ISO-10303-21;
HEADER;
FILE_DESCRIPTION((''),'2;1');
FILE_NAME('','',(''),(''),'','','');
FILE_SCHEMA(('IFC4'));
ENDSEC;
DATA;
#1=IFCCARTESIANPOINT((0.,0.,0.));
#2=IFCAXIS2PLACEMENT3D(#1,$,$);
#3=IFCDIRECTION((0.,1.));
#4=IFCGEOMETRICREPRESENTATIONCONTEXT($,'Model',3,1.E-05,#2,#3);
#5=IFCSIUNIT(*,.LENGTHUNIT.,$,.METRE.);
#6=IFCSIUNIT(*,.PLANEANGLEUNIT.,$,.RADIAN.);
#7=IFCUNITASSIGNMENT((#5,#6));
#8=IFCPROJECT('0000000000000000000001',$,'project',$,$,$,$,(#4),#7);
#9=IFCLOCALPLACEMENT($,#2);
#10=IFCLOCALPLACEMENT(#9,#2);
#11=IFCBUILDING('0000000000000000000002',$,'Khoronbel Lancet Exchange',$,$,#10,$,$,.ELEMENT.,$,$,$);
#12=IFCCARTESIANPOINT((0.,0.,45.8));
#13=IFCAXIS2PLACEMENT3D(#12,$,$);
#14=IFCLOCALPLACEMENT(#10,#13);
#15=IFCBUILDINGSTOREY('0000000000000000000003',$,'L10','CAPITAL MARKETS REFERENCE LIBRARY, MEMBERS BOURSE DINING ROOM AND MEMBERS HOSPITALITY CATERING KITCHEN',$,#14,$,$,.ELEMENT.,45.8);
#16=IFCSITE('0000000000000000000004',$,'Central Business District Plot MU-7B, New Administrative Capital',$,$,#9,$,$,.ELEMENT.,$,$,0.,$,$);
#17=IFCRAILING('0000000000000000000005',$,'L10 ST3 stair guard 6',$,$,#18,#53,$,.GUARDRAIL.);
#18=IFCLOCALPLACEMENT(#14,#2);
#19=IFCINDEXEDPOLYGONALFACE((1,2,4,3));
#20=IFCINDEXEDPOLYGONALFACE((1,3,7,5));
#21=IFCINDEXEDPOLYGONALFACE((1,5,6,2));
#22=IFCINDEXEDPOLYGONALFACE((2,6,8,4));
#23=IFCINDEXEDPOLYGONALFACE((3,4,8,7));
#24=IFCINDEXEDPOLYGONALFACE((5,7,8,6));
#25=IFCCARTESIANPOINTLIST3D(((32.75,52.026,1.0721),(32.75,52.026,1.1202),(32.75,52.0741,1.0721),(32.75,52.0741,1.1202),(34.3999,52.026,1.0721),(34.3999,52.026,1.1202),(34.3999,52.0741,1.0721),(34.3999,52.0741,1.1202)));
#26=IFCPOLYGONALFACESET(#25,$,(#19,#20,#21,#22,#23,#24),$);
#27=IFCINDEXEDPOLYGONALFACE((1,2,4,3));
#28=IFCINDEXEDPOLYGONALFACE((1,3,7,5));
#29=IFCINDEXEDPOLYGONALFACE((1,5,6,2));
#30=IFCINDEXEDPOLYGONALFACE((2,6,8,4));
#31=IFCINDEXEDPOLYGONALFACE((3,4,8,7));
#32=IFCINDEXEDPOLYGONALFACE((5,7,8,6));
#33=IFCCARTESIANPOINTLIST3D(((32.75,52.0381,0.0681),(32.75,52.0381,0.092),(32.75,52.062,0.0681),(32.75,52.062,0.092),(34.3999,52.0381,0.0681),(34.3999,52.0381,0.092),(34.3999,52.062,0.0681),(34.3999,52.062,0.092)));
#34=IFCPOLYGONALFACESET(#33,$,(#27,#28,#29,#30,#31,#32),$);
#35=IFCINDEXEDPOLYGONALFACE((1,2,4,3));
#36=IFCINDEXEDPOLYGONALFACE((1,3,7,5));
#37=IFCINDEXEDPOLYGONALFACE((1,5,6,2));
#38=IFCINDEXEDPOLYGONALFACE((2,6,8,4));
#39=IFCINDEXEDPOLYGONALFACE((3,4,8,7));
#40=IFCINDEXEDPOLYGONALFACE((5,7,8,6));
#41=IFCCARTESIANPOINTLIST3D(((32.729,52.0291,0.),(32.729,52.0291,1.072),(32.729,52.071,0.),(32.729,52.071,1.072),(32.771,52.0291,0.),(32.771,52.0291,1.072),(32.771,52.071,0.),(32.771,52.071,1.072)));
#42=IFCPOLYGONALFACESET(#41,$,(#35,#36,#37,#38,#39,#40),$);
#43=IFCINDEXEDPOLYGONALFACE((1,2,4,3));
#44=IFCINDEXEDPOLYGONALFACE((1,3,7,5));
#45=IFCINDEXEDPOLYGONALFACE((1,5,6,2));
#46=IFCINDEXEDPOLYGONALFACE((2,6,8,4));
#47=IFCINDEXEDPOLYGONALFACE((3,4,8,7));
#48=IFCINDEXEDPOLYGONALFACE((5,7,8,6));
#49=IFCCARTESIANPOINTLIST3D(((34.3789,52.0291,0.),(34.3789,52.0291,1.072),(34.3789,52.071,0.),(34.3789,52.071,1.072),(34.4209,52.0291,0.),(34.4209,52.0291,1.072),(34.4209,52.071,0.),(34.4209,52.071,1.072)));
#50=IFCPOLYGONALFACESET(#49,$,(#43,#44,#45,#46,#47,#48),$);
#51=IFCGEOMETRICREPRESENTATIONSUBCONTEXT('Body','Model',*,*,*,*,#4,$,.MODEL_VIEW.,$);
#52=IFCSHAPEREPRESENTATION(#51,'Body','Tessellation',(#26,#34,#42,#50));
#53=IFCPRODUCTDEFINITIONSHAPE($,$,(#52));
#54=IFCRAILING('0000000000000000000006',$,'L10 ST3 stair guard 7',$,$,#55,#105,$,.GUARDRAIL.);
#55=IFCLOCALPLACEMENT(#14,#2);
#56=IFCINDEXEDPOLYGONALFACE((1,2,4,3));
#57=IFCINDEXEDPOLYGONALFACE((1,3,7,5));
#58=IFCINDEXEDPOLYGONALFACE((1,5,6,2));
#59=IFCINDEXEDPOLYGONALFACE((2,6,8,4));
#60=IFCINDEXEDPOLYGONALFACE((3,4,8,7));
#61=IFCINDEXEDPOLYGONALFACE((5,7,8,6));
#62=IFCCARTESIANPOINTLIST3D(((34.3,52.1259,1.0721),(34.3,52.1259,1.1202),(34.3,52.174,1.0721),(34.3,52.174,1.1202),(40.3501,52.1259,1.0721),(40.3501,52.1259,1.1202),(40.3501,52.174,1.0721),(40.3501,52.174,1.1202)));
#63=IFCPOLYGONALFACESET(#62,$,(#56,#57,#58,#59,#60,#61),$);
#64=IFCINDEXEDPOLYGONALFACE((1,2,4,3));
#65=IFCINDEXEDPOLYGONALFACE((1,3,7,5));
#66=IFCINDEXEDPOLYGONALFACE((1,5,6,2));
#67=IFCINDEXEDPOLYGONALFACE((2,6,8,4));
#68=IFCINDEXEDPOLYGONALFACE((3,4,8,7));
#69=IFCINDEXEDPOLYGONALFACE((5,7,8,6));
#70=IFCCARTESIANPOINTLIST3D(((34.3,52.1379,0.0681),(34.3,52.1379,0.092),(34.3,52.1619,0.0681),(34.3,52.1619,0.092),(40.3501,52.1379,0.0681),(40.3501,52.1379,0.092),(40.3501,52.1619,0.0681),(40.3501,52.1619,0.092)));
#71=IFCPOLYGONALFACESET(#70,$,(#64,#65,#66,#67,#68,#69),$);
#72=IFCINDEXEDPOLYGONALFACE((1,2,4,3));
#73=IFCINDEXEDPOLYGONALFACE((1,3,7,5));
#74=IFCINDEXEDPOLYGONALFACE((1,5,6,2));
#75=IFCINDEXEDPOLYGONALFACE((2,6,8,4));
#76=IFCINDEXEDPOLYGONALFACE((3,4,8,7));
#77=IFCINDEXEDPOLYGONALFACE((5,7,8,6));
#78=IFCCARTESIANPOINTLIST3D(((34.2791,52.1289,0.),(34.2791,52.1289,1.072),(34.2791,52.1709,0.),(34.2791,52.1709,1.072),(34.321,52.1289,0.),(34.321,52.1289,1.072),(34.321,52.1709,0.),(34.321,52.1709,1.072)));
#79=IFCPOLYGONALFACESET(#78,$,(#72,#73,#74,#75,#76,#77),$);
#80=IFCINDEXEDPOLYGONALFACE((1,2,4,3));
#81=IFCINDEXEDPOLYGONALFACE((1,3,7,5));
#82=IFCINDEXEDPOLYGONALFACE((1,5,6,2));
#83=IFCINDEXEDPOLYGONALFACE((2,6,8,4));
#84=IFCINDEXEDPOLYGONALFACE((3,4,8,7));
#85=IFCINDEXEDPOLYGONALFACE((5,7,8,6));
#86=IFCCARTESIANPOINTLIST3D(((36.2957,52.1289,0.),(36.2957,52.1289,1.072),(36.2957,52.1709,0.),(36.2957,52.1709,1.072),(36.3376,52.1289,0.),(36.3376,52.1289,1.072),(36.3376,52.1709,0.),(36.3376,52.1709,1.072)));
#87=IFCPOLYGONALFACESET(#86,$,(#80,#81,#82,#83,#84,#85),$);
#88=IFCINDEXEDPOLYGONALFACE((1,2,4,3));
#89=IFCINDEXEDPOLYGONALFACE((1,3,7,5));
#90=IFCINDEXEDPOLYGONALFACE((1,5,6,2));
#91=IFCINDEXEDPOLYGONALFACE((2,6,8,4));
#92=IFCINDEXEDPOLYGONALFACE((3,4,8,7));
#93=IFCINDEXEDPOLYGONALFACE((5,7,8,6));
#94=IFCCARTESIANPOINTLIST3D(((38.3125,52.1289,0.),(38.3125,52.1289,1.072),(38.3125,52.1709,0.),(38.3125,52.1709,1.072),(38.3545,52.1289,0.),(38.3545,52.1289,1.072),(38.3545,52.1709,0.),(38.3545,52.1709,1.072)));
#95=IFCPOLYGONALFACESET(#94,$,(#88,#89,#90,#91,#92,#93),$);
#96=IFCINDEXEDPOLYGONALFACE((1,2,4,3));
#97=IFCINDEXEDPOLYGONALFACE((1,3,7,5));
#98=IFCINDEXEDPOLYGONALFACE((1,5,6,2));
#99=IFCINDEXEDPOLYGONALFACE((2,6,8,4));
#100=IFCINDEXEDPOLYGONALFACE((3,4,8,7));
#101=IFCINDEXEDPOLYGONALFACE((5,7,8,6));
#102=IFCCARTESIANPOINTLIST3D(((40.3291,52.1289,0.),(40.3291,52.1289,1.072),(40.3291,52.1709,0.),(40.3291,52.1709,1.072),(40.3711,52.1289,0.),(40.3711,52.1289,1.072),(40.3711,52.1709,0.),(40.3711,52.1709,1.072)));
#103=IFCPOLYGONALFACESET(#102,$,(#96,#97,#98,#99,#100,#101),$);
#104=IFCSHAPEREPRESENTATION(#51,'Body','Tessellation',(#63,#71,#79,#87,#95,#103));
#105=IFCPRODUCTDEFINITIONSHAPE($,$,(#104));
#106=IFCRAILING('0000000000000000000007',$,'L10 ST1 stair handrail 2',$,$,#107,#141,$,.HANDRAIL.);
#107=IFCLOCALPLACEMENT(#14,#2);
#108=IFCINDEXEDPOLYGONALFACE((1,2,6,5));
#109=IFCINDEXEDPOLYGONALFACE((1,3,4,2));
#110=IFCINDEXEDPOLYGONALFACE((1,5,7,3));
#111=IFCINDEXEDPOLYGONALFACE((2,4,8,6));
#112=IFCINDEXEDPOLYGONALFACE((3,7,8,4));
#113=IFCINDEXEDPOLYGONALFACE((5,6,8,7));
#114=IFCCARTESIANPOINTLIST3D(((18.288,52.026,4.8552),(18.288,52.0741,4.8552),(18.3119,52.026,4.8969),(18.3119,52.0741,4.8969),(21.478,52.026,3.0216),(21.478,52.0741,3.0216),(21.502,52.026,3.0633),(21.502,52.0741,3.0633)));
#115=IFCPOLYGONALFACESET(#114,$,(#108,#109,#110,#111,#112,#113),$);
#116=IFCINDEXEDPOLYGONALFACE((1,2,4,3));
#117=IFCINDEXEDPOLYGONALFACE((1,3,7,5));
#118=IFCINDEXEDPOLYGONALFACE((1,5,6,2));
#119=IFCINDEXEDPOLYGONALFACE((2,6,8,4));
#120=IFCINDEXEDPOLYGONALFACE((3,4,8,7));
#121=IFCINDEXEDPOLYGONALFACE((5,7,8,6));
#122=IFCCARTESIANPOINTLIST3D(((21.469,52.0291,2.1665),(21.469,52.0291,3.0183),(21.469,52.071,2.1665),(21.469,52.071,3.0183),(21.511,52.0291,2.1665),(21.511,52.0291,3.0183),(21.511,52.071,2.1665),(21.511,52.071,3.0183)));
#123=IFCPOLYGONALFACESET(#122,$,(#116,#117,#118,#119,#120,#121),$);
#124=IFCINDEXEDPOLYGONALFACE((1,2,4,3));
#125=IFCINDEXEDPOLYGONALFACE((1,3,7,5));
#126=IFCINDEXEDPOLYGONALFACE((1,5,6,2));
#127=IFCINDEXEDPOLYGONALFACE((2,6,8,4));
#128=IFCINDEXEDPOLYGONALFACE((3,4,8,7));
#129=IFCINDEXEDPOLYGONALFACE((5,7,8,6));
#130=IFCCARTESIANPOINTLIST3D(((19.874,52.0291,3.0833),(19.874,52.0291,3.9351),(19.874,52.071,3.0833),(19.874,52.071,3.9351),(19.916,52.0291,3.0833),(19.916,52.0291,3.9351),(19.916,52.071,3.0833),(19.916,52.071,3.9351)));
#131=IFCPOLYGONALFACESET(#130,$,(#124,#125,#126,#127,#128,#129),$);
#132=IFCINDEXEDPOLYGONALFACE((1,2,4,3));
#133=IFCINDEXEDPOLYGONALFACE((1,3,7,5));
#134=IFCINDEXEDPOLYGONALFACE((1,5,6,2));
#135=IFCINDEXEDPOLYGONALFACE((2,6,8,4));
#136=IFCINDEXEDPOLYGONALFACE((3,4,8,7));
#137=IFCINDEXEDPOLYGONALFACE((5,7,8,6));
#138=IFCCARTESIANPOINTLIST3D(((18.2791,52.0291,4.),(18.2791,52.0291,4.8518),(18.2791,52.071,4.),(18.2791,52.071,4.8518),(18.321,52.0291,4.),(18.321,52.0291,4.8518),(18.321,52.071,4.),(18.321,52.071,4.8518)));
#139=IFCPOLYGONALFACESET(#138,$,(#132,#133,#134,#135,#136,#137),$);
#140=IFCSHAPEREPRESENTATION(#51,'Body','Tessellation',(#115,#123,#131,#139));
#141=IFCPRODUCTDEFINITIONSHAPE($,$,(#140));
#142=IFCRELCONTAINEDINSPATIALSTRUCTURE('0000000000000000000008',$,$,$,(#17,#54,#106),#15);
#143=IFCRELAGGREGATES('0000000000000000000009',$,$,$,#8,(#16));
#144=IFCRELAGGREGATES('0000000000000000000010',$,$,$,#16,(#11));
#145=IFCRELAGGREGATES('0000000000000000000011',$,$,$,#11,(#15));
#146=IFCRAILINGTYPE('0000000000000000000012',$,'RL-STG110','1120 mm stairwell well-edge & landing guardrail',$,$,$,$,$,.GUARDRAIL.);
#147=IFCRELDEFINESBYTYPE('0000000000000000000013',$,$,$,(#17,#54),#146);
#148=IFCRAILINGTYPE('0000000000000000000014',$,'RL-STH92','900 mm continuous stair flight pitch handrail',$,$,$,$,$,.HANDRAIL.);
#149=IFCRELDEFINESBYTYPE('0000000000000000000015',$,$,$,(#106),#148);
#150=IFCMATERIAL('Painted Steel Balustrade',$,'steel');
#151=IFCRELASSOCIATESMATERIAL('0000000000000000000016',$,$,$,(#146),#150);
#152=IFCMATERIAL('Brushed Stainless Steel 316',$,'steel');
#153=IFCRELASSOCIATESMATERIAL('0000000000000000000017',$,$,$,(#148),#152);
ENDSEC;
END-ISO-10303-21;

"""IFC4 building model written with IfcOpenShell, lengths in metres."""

from ifc_helpers import new_model, si_unit, direction, frame, origin, origin_2d, place, context, subcontext, project, spatial, rectangle, extrude, material, type_object, element, save


model = new_model("IFC4")

# Units and contexts
model_context = context("Model", 3, precision=1e-05, world=origin(), true_north=direction((0.0, 1.0)))
body_context = subcontext(model_context, "Body", "Model", "MODEL_VIEW")
ifc_project = project(units=[si_unit("LENGTHUNIT", "METRE"), si_unit("PLANEANGLEUNIT", "RADIAN")], contexts=[model_context])

# Site, building, storey
site_placement = place(None, origin())
site = spatial("IfcSite", under=ifc_project, at=site_placement, Name="Central Business District Plot MU-7B, New Administrative Capital", CompositionType="ELEMENT", RefElevation=0.0)
building_placement = place(site_placement, origin())
building = spatial("IfcBuilding", under=site, at=building_placement, Name="Khoronbel Lancet Exchange", CompositionType="ELEMENT")
storey_placement = place(building_placement, frame((0.0, 0.0, 45.8)))
storey = spatial("IfcBuildingStorey", under=building, at=storey_placement, Name="L10", Description="CAPITAL MARKETS REFERENCE LIBRARY, MEMBERS BOURSE DINING ROOM AND MEMBERS HOSPITALITY CATERING KITCHEN", CompositionType="ELEMENT", Elevation=45.8)

# Railings
ifc_material_1 = material(Name="Painted Steel Balustrade", Category="steel")
railing_type_1 = type_object("IfcRailingType", Name="RL-STG110", Description="1120 mm stairwell well-edge & landing guardrail", PredefinedType="GUARDRAIL", material=ifc_material_1)
railing_1_placement = place(storey_placement, frame((32.75, 52.05, 0.0)))
element("IfcRailing", 1, at=railing_1_placement, inside=storey, type_object=railing_type_1, Name="L10 ST3 stair guard 6", PredefinedType="GUARDRAIL", context=body_context, shape_type="SweptSolid", body=[
    extrude(rectangle(XDim=0.0481, YDim=0.0481, at=origin_2d()), frame((0.0, 0.0, 1.0962), z_axis=(1.0, 0.0, 0.0), x_axis=(0.0, 1.0, 0.0)), (0.0, 0.0, 1.0), 1.6499),
    extrude(rectangle(XDim=0.0239, YDim=0.0239, at=origin_2d()), frame((0.0, 0.0, 0.0801), z_axis=(1.0, 0.0, 0.0), x_axis=(0.0, 1.0, 0.0)), (0.0, 0.0, 1.0), 1.6499),
    extrude(rectangle(XDim=0.042, YDim=0.042, at=origin_2d()), origin(), (0.0, 0.0, 1.0), 1.072),
    extrude(rectangle(XDim=0.042, YDim=0.042, at=origin_2d()), frame((1.6499, 0.0, 0.0)), (0.0, 0.0, 1.0), 1.072),
])
railing_2_placement = place(storey_placement, frame((34.3, 52.1499, 0.0)))
element("IfcRailing", 2, at=railing_2_placement, inside=storey, type_object=railing_type_1, Name="L10 ST3 stair guard 7", PredefinedType="GUARDRAIL", context=body_context, shape_type="SweptSolid", body=[
    extrude(rectangle(XDim=0.0481, YDim=0.0481, at=origin_2d()), frame((0.0, 0.0, 1.0962), z_axis=(1.0, 0.0, 0.0), x_axis=(0.0, 1.0, 0.0)), (0.0, 0.0, 1.0), 6.05),
    extrude(rectangle(XDim=0.0239, YDim=0.0239, at=origin_2d()), frame((0.0, 0.0, 0.0801), z_axis=(1.0, 0.0, 0.0), x_axis=(0.0, 1.0, 0.0)), (0.0, 0.0, 1.0), 6.05),
    extrude(rectangle(XDim=0.042, YDim=0.042, at=origin_2d()), origin(), (0.0, 0.0, 1.0), 1.072),
    extrude(rectangle(XDim=0.042, YDim=0.042, at=origin_2d()), frame((2.0166, 0.0, 0.0)), (0.0, 0.0, 1.0), 1.072),
    extrude(rectangle(XDim=0.042, YDim=0.042, at=origin_2d()), frame((4.0334, 0.0, 0.0)), (0.0, 0.0, 1.0), 1.072),
    extrude(rectangle(XDim=0.042, YDim=0.042, at=origin_2d()), frame((6.05, 0.0, 0.0)), (0.0, 0.0, 1.0), 1.072),
])
ifc_material_2 = material(Name="Brushed Stainless Steel 316", Category="steel")
railing_type_2 = type_object("IfcRailingType", Name="RL-STH92", Description="900 mm continuous stair flight pitch handrail", PredefinedType="HANDRAIL", material=ifc_material_2)
railing_3_placement = place(storey_placement, frame((21.49, 52.05, 2.1665)))
element("IfcRailing", 3, at=railing_3_placement, inside=storey, type_object=railing_type_2, Name="L10 ST1 stair handrail 2", PredefinedType="HANDRAIL", context=body_context, shape_type="SweptSolid", body=[
    extrude(rectangle(XDim=0.0481, YDim=0.0481, at=origin_2d()), frame((0.0, 0.0, 0.876), z_axis=(-0.866991, 0.0, 0.498324), x_axis=(0.0, -1.0, 0.0)), (0.0, 0.0, 1.0), 3.6794),
    extrude(rectangle(XDim=0.042, YDim=0.042, at=origin_2d()), origin(), (0.0, 0.0, 1.0), 0.8518),
    extrude(rectangle(XDim=0.042, YDim=0.042, at=origin_2d()), frame((-1.595, 0.0, 0.9167)), (0.0, 0.0, 1.0), 0.8518),
    extrude(rectangle(XDim=0.042, YDim=0.042, at=origin_2d()), frame((-3.1899, 0.0, 1.8335)), (0.0, 0.0, 1.0), 0.8518),
])

save(model, "model.ifc")
